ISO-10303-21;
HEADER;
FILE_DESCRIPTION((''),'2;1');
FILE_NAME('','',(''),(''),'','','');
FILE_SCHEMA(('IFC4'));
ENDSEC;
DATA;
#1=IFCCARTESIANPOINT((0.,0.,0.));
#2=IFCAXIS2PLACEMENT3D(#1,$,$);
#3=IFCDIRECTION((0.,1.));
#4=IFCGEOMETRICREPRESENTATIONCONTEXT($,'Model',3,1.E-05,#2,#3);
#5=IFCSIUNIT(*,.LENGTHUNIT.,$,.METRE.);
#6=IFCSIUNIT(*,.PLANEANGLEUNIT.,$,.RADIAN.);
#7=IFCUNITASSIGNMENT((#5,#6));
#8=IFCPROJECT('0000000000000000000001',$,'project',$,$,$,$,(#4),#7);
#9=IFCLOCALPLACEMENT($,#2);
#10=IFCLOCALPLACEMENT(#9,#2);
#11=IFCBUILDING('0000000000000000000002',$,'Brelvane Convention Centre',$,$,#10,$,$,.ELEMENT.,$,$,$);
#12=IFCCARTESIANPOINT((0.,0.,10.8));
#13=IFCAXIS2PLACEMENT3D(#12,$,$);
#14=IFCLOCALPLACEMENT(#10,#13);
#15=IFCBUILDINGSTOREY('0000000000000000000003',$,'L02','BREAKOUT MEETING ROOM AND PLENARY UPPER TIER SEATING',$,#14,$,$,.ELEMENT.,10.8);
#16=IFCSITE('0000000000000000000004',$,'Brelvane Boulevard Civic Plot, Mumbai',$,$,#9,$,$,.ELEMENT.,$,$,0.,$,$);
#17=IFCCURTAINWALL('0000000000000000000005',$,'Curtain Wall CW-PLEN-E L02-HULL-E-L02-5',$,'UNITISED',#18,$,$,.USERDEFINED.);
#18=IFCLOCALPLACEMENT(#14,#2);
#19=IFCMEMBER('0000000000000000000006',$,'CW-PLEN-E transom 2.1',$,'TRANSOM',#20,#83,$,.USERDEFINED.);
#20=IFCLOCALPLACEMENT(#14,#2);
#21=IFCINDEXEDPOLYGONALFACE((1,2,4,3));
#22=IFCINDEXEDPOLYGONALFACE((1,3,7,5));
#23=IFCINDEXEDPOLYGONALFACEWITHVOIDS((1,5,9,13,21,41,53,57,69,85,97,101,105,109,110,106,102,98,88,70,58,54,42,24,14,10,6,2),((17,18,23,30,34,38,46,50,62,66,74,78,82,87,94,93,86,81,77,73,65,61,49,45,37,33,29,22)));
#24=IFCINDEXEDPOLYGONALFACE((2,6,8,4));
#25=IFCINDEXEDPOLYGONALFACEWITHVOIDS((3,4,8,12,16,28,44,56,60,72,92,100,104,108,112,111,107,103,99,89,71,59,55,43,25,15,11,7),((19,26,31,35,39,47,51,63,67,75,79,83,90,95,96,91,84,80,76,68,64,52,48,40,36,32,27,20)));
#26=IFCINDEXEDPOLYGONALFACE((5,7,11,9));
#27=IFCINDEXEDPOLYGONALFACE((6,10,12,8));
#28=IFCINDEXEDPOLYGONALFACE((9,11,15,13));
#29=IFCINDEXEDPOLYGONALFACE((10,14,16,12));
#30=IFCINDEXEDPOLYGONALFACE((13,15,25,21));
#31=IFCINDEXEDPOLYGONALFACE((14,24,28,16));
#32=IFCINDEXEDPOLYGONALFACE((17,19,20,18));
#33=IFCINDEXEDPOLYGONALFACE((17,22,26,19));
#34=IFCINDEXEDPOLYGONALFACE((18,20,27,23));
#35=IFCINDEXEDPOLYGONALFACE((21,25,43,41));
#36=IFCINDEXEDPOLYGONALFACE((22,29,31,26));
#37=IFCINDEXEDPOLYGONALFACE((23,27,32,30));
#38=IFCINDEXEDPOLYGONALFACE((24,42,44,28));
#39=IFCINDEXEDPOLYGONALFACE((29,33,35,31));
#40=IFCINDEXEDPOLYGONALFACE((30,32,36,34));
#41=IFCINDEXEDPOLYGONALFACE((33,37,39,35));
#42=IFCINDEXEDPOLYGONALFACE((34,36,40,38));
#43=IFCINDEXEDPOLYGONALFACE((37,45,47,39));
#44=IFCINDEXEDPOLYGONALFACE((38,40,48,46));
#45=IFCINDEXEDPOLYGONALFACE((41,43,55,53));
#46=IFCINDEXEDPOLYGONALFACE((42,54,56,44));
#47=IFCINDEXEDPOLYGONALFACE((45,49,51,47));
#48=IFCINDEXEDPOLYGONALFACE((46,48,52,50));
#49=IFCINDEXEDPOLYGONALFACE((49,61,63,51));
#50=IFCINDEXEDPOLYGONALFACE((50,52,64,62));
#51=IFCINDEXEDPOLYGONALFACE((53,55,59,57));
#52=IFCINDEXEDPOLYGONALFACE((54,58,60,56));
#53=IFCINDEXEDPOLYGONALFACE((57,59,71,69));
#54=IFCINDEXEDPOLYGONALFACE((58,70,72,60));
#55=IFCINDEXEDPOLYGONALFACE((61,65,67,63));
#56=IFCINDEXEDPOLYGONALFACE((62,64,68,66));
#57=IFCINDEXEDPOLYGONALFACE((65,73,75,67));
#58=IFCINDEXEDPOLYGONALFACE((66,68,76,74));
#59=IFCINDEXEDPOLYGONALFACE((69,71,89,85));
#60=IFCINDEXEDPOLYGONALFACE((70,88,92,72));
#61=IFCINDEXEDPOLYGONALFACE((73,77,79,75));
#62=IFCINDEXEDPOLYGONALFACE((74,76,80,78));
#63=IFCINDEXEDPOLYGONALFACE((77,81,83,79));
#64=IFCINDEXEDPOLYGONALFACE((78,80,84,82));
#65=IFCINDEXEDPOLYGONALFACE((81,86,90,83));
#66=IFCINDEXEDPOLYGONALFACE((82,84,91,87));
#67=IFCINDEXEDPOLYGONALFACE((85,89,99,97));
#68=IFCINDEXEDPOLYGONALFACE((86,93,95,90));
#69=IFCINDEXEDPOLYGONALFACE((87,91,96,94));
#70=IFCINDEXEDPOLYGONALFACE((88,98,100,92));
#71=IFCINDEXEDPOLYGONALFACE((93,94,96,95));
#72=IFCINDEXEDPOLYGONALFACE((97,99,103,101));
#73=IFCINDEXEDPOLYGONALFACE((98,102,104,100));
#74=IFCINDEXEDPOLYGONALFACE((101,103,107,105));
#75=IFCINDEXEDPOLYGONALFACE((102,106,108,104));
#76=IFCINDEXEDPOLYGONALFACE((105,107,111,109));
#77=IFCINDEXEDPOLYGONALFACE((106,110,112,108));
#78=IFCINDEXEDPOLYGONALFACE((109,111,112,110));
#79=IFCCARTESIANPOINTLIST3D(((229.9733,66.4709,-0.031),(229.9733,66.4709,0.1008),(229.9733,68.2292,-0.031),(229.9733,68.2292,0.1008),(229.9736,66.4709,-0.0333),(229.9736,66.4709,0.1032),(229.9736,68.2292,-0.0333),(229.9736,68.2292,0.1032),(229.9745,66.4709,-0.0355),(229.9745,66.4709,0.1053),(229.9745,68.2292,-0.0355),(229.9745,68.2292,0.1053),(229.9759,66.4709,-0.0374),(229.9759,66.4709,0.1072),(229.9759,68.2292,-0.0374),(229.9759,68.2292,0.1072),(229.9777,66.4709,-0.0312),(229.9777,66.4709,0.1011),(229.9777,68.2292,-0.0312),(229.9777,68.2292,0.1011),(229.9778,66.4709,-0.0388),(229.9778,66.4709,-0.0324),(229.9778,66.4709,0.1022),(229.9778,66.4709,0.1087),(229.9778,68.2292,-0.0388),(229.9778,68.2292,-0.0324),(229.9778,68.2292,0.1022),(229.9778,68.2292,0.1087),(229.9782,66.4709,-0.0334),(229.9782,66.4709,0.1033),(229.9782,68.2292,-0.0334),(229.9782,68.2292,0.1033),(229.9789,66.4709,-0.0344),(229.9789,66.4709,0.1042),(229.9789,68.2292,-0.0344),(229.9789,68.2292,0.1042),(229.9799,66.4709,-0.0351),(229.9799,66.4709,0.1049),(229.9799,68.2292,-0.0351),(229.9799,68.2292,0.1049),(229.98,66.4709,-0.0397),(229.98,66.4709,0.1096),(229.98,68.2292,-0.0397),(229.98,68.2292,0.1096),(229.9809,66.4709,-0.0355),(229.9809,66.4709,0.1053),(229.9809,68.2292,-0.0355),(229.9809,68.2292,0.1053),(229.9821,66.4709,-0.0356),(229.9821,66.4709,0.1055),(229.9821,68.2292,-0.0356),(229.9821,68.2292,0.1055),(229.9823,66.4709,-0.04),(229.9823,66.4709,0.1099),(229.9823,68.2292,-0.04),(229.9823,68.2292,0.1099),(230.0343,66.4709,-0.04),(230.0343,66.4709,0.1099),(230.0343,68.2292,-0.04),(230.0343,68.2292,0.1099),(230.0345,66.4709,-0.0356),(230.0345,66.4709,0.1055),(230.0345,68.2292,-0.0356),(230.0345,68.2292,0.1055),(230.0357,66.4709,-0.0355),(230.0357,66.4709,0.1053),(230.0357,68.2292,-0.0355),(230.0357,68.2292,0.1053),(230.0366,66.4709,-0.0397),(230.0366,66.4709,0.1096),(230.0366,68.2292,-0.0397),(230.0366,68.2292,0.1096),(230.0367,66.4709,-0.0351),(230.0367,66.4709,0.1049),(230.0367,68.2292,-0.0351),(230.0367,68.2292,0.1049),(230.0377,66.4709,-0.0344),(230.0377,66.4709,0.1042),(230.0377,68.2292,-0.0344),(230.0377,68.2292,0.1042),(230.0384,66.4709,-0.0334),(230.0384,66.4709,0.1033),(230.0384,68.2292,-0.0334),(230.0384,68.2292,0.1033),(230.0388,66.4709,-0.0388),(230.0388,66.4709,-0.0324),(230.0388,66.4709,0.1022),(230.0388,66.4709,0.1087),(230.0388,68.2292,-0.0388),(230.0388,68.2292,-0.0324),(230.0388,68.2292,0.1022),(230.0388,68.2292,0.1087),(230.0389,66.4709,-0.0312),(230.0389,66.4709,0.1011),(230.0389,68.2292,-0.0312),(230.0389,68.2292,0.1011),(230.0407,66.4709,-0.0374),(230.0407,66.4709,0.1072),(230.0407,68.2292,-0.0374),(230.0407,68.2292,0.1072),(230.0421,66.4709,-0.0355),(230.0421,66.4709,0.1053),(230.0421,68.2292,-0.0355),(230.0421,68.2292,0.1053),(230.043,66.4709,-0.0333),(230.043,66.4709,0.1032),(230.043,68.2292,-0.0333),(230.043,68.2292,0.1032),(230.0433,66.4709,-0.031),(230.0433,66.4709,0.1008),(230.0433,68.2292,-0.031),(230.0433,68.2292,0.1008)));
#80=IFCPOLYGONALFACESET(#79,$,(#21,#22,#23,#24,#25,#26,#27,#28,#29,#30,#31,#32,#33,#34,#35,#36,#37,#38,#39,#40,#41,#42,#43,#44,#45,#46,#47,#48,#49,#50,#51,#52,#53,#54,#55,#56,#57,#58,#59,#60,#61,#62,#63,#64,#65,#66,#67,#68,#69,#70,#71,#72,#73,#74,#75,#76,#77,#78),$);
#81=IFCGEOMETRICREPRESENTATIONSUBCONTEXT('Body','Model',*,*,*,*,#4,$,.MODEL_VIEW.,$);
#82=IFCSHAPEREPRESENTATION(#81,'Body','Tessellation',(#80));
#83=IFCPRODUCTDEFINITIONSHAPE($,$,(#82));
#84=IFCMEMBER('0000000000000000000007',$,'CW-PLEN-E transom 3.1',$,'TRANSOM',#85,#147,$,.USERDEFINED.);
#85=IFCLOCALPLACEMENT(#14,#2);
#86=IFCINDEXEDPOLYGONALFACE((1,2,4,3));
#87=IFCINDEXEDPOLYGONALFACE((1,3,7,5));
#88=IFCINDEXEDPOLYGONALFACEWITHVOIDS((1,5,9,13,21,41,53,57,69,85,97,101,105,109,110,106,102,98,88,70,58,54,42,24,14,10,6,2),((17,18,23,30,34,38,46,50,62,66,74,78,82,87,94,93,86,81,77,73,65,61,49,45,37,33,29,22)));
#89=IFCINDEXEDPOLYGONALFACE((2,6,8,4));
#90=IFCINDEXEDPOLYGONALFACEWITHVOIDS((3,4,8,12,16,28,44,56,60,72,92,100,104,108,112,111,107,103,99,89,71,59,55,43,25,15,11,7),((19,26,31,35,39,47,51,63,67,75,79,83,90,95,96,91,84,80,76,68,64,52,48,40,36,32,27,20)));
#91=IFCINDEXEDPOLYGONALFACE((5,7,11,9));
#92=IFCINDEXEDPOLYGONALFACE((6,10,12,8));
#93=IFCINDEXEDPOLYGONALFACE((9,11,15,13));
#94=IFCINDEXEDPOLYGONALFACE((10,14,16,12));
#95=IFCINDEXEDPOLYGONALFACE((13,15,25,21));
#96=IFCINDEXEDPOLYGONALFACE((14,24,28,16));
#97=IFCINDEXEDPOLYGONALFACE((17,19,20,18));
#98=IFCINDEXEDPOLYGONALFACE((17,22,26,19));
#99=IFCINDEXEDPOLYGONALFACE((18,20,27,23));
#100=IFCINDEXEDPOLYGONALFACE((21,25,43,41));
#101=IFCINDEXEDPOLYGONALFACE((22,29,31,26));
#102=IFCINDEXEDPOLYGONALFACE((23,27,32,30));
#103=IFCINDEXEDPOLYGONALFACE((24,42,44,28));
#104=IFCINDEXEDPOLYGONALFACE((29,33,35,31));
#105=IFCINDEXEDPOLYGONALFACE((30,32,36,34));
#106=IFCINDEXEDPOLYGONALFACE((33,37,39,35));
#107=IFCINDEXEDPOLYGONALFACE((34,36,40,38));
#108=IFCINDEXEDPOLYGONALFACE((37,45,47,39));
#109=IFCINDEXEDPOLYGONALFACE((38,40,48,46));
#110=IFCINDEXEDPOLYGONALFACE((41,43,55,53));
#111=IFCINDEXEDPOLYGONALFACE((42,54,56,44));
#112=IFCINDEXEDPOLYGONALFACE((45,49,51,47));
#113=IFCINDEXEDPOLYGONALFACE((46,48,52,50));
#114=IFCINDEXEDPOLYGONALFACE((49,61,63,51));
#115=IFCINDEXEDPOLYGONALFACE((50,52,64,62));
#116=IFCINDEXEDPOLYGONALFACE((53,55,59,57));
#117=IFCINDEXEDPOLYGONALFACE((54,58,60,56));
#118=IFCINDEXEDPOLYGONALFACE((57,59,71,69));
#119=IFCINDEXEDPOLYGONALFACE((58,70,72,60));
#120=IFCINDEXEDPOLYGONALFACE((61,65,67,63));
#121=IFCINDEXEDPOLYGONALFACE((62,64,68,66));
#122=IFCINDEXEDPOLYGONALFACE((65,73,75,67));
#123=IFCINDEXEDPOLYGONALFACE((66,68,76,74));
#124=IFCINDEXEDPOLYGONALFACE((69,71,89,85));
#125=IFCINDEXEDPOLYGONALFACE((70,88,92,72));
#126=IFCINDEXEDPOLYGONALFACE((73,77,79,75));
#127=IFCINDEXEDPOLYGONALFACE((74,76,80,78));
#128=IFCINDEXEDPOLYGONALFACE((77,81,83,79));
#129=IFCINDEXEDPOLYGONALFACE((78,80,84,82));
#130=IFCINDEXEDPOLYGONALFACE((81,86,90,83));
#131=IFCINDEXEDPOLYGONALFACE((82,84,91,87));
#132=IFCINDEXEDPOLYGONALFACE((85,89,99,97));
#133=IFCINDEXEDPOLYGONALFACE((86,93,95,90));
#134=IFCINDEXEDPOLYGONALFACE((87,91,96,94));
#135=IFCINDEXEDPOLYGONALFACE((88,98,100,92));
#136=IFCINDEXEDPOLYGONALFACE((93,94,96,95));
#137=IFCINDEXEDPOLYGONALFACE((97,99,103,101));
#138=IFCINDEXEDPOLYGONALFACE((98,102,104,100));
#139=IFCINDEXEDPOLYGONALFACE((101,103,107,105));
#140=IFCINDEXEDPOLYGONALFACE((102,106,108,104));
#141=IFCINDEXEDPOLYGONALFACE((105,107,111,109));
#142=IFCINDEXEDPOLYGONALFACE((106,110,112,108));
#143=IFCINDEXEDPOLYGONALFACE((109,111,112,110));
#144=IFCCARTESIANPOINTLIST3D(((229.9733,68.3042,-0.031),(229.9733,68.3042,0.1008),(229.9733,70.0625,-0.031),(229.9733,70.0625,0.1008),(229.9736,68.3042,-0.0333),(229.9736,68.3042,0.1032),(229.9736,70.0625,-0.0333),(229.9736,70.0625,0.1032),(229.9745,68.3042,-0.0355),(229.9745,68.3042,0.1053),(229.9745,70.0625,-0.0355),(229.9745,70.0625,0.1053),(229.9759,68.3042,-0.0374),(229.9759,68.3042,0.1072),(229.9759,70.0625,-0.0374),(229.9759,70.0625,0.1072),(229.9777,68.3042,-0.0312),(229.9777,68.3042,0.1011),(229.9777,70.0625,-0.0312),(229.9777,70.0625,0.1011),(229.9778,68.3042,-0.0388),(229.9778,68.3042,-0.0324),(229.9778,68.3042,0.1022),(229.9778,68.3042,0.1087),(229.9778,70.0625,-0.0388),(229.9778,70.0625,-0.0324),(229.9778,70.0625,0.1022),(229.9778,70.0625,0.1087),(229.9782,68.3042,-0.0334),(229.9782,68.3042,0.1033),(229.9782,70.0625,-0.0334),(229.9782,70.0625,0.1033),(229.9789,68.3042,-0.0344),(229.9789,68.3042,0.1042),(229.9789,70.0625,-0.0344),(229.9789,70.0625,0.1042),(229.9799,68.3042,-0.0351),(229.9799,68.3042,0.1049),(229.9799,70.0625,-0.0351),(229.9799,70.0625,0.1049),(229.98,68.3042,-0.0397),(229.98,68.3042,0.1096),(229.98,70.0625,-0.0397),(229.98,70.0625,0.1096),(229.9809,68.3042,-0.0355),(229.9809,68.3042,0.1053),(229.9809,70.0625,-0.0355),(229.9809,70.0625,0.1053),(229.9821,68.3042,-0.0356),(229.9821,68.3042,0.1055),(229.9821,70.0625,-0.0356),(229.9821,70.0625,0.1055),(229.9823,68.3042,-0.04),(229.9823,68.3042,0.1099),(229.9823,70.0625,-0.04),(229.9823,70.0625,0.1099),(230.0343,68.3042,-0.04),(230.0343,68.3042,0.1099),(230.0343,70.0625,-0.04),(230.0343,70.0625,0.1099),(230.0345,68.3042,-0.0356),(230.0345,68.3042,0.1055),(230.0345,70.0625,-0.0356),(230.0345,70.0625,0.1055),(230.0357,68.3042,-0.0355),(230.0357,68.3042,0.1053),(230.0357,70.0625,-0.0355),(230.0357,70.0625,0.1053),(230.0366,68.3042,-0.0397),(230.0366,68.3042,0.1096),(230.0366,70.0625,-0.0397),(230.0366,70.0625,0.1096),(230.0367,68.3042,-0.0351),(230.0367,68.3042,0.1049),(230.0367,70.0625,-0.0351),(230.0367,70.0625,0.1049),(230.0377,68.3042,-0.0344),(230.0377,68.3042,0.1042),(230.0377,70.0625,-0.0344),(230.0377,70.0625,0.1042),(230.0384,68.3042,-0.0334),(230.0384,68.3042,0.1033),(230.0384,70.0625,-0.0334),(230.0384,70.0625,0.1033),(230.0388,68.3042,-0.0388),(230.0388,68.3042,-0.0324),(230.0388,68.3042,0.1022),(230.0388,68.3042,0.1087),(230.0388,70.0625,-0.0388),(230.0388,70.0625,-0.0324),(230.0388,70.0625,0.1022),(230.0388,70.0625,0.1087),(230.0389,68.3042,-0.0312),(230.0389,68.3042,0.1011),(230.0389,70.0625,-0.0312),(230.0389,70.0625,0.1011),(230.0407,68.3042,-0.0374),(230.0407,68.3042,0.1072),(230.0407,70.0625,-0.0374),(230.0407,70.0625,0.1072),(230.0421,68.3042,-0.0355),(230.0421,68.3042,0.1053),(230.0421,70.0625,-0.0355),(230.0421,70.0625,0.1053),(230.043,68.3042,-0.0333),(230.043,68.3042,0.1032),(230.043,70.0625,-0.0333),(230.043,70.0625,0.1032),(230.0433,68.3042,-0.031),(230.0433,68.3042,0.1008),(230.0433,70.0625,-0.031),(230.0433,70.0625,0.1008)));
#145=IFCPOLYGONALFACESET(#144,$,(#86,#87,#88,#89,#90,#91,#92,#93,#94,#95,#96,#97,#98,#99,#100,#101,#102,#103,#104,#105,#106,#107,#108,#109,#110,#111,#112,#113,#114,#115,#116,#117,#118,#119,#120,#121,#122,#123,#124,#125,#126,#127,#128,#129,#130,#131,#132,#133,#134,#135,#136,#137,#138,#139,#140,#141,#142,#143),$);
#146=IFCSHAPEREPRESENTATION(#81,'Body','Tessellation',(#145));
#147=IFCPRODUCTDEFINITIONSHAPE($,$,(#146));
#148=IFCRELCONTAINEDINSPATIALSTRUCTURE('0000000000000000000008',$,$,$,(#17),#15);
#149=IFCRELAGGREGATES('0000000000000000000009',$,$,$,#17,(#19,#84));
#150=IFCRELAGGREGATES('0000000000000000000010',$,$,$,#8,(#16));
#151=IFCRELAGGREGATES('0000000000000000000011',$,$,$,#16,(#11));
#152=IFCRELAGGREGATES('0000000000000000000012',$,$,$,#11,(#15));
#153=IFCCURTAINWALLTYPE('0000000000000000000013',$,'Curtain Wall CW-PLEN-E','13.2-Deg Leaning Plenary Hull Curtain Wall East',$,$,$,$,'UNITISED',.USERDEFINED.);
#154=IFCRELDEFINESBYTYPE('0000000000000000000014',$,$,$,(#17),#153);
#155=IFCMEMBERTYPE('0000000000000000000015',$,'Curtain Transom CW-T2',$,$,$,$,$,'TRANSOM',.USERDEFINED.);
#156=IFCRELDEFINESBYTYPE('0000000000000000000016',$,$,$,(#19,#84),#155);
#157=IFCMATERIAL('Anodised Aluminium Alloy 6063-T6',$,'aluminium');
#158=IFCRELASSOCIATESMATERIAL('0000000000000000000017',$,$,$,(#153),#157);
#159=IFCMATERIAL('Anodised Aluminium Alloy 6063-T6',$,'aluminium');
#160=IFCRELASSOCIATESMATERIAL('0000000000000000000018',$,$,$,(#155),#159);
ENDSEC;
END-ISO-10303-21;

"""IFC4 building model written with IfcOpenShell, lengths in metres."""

from ifc_helpers import new_model, si_unit, direction, frame, origin, origin_2d, place, context, subcontext, project, spatial, hollow_rectangle, extrude, material, material_profile, profile_set, type_object, element, aggregate, save


model = new_model("IFC4")

# Units and contexts
model_context = context("Model", 3, precision=1e-05, world=origin(), true_north=direction((0.0, 1.0)))
body_context = subcontext(model_context, "Body", "Model", "MODEL_VIEW")
ifc_project = project(units=[si_unit("LENGTHUNIT", "METRE"), si_unit("PLANEANGLEUNIT", "RADIAN")], contexts=[model_context])

# Site, building, storey
site_placement = place(None, origin())
site = spatial("IfcSite", under=ifc_project, at=site_placement, Name="Brelvane Boulevard Civic Plot, Mumbai", CompositionType="ELEMENT", RefElevation=0.0)
building_placement = place(site_placement, origin())
building = spatial("IfcBuilding", under=site, at=building_placement, Name="Brelvane Convention Centre", CompositionType="ELEMENT")
storey_placement = place(building_placement, frame((0.0, 0.0, 10.8)))
storey = spatial("IfcBuildingStorey", under=building, at=storey_placement, Name="L02", Description="BREAKOUT MEETING ROOM AND PLENARY UPPER TIER SEATING", CompositionType="ELEMENT", Elevation=10.8)

# Curtain wall
ifc_material_1 = material(Name="Anodised Aluminium Alloy 6063-T6", Category="aluminium")
curtain_wall_type = type_object("IfcCurtainWallType", Name="Curtain Wall CW-PLEN-E", Description="13.2-Deg Leaning Plenary Hull Curtain Wall East", ElementType="UNITISED", PredefinedType="USERDEFINED", material=ifc_material_1)
curtain_wall_1_placement = place(storey_placement, origin())
curtain_wall_1 = element("IfcCurtainWall", 1, at=curtain_wall_1_placement, inside=storey, type_object=curtain_wall_type, Name="Curtain Wall CW-PLEN-E L02-HULL-E-L02-5", ObjectType="UNITISED", PredefinedType="USERDEFINED")

# Members
ifc_material_2 = material(Name="Anodised Aluminium Alloy 6063-T6", Category="aluminium")
ifc_material_profile_1 = material_profile(ifc_material_2, hollow_rectangle(XDim=0.0701, YDim=0.1499, WallThickness=0.0044, InnerFilletRadius=0.0044, OuterFilletRadius=0.009, at=origin_2d()), Name="ALU-T 150x70x4.5")
ifc_profile_set_1 = profile_set([ifc_material_profile_1], Name="Anodised Aluminium Alloy 6063-T6")
member_type_1 = type_object("IfcMemberType", Name="Curtain Transom CW-T2", ElementType="TRANSOM", PredefinedType="USERDEFINED", material=ifc_profile_set_1)
member_1_placement = place(storey_placement, frame((230.0083, 66.4709, 0.0349), z_axis=(0.0, 1.0, 0.0), x_axis=(-1.0, 0.0, 0.0)))
member_1 = element("IfcMember", 2, at=member_1_placement, type_object=member_type_1, Name="CW-PLEN-E transom 2.1", ObjectType="TRANSOM", PredefinedType="USERDEFINED", context=body_context, shape_type="SweptSolid", body=[
    extrude(hollow_rectangle(XDim=0.0701, YDim=0.1499, WallThickness=0.0044, InnerFilletRadius=0.0044, OuterFilletRadius=0.009, at=origin_2d()), origin(), (0.0, 0.0, 1.0), 1.7583),
])
member_2_placement = place(storey_placement, frame((230.0083, 68.3042, 0.0349), z_axis=(0.0, 1.0, 0.0), x_axis=(-1.0, 0.0, 0.0)))
member_2 = element("IfcMember", 3, at=member_2_placement, type_object=member_type_1, Name="CW-PLEN-E transom 3.1", ObjectType="TRANSOM", PredefinedType="USERDEFINED", context=body_context, shape_type="SweptSolid", body=[
    extrude(hollow_rectangle(XDim=0.0701, YDim=0.1499, WallThickness=0.0044, InnerFilletRadius=0.0044, OuterFilletRadius=0.009, at=origin_2d()), origin(), (0.0, 0.0, 1.0), 1.7583),
])
aggregate(curtain_wall_1, [member_1, member_2])

save(model, "model.ifc")
